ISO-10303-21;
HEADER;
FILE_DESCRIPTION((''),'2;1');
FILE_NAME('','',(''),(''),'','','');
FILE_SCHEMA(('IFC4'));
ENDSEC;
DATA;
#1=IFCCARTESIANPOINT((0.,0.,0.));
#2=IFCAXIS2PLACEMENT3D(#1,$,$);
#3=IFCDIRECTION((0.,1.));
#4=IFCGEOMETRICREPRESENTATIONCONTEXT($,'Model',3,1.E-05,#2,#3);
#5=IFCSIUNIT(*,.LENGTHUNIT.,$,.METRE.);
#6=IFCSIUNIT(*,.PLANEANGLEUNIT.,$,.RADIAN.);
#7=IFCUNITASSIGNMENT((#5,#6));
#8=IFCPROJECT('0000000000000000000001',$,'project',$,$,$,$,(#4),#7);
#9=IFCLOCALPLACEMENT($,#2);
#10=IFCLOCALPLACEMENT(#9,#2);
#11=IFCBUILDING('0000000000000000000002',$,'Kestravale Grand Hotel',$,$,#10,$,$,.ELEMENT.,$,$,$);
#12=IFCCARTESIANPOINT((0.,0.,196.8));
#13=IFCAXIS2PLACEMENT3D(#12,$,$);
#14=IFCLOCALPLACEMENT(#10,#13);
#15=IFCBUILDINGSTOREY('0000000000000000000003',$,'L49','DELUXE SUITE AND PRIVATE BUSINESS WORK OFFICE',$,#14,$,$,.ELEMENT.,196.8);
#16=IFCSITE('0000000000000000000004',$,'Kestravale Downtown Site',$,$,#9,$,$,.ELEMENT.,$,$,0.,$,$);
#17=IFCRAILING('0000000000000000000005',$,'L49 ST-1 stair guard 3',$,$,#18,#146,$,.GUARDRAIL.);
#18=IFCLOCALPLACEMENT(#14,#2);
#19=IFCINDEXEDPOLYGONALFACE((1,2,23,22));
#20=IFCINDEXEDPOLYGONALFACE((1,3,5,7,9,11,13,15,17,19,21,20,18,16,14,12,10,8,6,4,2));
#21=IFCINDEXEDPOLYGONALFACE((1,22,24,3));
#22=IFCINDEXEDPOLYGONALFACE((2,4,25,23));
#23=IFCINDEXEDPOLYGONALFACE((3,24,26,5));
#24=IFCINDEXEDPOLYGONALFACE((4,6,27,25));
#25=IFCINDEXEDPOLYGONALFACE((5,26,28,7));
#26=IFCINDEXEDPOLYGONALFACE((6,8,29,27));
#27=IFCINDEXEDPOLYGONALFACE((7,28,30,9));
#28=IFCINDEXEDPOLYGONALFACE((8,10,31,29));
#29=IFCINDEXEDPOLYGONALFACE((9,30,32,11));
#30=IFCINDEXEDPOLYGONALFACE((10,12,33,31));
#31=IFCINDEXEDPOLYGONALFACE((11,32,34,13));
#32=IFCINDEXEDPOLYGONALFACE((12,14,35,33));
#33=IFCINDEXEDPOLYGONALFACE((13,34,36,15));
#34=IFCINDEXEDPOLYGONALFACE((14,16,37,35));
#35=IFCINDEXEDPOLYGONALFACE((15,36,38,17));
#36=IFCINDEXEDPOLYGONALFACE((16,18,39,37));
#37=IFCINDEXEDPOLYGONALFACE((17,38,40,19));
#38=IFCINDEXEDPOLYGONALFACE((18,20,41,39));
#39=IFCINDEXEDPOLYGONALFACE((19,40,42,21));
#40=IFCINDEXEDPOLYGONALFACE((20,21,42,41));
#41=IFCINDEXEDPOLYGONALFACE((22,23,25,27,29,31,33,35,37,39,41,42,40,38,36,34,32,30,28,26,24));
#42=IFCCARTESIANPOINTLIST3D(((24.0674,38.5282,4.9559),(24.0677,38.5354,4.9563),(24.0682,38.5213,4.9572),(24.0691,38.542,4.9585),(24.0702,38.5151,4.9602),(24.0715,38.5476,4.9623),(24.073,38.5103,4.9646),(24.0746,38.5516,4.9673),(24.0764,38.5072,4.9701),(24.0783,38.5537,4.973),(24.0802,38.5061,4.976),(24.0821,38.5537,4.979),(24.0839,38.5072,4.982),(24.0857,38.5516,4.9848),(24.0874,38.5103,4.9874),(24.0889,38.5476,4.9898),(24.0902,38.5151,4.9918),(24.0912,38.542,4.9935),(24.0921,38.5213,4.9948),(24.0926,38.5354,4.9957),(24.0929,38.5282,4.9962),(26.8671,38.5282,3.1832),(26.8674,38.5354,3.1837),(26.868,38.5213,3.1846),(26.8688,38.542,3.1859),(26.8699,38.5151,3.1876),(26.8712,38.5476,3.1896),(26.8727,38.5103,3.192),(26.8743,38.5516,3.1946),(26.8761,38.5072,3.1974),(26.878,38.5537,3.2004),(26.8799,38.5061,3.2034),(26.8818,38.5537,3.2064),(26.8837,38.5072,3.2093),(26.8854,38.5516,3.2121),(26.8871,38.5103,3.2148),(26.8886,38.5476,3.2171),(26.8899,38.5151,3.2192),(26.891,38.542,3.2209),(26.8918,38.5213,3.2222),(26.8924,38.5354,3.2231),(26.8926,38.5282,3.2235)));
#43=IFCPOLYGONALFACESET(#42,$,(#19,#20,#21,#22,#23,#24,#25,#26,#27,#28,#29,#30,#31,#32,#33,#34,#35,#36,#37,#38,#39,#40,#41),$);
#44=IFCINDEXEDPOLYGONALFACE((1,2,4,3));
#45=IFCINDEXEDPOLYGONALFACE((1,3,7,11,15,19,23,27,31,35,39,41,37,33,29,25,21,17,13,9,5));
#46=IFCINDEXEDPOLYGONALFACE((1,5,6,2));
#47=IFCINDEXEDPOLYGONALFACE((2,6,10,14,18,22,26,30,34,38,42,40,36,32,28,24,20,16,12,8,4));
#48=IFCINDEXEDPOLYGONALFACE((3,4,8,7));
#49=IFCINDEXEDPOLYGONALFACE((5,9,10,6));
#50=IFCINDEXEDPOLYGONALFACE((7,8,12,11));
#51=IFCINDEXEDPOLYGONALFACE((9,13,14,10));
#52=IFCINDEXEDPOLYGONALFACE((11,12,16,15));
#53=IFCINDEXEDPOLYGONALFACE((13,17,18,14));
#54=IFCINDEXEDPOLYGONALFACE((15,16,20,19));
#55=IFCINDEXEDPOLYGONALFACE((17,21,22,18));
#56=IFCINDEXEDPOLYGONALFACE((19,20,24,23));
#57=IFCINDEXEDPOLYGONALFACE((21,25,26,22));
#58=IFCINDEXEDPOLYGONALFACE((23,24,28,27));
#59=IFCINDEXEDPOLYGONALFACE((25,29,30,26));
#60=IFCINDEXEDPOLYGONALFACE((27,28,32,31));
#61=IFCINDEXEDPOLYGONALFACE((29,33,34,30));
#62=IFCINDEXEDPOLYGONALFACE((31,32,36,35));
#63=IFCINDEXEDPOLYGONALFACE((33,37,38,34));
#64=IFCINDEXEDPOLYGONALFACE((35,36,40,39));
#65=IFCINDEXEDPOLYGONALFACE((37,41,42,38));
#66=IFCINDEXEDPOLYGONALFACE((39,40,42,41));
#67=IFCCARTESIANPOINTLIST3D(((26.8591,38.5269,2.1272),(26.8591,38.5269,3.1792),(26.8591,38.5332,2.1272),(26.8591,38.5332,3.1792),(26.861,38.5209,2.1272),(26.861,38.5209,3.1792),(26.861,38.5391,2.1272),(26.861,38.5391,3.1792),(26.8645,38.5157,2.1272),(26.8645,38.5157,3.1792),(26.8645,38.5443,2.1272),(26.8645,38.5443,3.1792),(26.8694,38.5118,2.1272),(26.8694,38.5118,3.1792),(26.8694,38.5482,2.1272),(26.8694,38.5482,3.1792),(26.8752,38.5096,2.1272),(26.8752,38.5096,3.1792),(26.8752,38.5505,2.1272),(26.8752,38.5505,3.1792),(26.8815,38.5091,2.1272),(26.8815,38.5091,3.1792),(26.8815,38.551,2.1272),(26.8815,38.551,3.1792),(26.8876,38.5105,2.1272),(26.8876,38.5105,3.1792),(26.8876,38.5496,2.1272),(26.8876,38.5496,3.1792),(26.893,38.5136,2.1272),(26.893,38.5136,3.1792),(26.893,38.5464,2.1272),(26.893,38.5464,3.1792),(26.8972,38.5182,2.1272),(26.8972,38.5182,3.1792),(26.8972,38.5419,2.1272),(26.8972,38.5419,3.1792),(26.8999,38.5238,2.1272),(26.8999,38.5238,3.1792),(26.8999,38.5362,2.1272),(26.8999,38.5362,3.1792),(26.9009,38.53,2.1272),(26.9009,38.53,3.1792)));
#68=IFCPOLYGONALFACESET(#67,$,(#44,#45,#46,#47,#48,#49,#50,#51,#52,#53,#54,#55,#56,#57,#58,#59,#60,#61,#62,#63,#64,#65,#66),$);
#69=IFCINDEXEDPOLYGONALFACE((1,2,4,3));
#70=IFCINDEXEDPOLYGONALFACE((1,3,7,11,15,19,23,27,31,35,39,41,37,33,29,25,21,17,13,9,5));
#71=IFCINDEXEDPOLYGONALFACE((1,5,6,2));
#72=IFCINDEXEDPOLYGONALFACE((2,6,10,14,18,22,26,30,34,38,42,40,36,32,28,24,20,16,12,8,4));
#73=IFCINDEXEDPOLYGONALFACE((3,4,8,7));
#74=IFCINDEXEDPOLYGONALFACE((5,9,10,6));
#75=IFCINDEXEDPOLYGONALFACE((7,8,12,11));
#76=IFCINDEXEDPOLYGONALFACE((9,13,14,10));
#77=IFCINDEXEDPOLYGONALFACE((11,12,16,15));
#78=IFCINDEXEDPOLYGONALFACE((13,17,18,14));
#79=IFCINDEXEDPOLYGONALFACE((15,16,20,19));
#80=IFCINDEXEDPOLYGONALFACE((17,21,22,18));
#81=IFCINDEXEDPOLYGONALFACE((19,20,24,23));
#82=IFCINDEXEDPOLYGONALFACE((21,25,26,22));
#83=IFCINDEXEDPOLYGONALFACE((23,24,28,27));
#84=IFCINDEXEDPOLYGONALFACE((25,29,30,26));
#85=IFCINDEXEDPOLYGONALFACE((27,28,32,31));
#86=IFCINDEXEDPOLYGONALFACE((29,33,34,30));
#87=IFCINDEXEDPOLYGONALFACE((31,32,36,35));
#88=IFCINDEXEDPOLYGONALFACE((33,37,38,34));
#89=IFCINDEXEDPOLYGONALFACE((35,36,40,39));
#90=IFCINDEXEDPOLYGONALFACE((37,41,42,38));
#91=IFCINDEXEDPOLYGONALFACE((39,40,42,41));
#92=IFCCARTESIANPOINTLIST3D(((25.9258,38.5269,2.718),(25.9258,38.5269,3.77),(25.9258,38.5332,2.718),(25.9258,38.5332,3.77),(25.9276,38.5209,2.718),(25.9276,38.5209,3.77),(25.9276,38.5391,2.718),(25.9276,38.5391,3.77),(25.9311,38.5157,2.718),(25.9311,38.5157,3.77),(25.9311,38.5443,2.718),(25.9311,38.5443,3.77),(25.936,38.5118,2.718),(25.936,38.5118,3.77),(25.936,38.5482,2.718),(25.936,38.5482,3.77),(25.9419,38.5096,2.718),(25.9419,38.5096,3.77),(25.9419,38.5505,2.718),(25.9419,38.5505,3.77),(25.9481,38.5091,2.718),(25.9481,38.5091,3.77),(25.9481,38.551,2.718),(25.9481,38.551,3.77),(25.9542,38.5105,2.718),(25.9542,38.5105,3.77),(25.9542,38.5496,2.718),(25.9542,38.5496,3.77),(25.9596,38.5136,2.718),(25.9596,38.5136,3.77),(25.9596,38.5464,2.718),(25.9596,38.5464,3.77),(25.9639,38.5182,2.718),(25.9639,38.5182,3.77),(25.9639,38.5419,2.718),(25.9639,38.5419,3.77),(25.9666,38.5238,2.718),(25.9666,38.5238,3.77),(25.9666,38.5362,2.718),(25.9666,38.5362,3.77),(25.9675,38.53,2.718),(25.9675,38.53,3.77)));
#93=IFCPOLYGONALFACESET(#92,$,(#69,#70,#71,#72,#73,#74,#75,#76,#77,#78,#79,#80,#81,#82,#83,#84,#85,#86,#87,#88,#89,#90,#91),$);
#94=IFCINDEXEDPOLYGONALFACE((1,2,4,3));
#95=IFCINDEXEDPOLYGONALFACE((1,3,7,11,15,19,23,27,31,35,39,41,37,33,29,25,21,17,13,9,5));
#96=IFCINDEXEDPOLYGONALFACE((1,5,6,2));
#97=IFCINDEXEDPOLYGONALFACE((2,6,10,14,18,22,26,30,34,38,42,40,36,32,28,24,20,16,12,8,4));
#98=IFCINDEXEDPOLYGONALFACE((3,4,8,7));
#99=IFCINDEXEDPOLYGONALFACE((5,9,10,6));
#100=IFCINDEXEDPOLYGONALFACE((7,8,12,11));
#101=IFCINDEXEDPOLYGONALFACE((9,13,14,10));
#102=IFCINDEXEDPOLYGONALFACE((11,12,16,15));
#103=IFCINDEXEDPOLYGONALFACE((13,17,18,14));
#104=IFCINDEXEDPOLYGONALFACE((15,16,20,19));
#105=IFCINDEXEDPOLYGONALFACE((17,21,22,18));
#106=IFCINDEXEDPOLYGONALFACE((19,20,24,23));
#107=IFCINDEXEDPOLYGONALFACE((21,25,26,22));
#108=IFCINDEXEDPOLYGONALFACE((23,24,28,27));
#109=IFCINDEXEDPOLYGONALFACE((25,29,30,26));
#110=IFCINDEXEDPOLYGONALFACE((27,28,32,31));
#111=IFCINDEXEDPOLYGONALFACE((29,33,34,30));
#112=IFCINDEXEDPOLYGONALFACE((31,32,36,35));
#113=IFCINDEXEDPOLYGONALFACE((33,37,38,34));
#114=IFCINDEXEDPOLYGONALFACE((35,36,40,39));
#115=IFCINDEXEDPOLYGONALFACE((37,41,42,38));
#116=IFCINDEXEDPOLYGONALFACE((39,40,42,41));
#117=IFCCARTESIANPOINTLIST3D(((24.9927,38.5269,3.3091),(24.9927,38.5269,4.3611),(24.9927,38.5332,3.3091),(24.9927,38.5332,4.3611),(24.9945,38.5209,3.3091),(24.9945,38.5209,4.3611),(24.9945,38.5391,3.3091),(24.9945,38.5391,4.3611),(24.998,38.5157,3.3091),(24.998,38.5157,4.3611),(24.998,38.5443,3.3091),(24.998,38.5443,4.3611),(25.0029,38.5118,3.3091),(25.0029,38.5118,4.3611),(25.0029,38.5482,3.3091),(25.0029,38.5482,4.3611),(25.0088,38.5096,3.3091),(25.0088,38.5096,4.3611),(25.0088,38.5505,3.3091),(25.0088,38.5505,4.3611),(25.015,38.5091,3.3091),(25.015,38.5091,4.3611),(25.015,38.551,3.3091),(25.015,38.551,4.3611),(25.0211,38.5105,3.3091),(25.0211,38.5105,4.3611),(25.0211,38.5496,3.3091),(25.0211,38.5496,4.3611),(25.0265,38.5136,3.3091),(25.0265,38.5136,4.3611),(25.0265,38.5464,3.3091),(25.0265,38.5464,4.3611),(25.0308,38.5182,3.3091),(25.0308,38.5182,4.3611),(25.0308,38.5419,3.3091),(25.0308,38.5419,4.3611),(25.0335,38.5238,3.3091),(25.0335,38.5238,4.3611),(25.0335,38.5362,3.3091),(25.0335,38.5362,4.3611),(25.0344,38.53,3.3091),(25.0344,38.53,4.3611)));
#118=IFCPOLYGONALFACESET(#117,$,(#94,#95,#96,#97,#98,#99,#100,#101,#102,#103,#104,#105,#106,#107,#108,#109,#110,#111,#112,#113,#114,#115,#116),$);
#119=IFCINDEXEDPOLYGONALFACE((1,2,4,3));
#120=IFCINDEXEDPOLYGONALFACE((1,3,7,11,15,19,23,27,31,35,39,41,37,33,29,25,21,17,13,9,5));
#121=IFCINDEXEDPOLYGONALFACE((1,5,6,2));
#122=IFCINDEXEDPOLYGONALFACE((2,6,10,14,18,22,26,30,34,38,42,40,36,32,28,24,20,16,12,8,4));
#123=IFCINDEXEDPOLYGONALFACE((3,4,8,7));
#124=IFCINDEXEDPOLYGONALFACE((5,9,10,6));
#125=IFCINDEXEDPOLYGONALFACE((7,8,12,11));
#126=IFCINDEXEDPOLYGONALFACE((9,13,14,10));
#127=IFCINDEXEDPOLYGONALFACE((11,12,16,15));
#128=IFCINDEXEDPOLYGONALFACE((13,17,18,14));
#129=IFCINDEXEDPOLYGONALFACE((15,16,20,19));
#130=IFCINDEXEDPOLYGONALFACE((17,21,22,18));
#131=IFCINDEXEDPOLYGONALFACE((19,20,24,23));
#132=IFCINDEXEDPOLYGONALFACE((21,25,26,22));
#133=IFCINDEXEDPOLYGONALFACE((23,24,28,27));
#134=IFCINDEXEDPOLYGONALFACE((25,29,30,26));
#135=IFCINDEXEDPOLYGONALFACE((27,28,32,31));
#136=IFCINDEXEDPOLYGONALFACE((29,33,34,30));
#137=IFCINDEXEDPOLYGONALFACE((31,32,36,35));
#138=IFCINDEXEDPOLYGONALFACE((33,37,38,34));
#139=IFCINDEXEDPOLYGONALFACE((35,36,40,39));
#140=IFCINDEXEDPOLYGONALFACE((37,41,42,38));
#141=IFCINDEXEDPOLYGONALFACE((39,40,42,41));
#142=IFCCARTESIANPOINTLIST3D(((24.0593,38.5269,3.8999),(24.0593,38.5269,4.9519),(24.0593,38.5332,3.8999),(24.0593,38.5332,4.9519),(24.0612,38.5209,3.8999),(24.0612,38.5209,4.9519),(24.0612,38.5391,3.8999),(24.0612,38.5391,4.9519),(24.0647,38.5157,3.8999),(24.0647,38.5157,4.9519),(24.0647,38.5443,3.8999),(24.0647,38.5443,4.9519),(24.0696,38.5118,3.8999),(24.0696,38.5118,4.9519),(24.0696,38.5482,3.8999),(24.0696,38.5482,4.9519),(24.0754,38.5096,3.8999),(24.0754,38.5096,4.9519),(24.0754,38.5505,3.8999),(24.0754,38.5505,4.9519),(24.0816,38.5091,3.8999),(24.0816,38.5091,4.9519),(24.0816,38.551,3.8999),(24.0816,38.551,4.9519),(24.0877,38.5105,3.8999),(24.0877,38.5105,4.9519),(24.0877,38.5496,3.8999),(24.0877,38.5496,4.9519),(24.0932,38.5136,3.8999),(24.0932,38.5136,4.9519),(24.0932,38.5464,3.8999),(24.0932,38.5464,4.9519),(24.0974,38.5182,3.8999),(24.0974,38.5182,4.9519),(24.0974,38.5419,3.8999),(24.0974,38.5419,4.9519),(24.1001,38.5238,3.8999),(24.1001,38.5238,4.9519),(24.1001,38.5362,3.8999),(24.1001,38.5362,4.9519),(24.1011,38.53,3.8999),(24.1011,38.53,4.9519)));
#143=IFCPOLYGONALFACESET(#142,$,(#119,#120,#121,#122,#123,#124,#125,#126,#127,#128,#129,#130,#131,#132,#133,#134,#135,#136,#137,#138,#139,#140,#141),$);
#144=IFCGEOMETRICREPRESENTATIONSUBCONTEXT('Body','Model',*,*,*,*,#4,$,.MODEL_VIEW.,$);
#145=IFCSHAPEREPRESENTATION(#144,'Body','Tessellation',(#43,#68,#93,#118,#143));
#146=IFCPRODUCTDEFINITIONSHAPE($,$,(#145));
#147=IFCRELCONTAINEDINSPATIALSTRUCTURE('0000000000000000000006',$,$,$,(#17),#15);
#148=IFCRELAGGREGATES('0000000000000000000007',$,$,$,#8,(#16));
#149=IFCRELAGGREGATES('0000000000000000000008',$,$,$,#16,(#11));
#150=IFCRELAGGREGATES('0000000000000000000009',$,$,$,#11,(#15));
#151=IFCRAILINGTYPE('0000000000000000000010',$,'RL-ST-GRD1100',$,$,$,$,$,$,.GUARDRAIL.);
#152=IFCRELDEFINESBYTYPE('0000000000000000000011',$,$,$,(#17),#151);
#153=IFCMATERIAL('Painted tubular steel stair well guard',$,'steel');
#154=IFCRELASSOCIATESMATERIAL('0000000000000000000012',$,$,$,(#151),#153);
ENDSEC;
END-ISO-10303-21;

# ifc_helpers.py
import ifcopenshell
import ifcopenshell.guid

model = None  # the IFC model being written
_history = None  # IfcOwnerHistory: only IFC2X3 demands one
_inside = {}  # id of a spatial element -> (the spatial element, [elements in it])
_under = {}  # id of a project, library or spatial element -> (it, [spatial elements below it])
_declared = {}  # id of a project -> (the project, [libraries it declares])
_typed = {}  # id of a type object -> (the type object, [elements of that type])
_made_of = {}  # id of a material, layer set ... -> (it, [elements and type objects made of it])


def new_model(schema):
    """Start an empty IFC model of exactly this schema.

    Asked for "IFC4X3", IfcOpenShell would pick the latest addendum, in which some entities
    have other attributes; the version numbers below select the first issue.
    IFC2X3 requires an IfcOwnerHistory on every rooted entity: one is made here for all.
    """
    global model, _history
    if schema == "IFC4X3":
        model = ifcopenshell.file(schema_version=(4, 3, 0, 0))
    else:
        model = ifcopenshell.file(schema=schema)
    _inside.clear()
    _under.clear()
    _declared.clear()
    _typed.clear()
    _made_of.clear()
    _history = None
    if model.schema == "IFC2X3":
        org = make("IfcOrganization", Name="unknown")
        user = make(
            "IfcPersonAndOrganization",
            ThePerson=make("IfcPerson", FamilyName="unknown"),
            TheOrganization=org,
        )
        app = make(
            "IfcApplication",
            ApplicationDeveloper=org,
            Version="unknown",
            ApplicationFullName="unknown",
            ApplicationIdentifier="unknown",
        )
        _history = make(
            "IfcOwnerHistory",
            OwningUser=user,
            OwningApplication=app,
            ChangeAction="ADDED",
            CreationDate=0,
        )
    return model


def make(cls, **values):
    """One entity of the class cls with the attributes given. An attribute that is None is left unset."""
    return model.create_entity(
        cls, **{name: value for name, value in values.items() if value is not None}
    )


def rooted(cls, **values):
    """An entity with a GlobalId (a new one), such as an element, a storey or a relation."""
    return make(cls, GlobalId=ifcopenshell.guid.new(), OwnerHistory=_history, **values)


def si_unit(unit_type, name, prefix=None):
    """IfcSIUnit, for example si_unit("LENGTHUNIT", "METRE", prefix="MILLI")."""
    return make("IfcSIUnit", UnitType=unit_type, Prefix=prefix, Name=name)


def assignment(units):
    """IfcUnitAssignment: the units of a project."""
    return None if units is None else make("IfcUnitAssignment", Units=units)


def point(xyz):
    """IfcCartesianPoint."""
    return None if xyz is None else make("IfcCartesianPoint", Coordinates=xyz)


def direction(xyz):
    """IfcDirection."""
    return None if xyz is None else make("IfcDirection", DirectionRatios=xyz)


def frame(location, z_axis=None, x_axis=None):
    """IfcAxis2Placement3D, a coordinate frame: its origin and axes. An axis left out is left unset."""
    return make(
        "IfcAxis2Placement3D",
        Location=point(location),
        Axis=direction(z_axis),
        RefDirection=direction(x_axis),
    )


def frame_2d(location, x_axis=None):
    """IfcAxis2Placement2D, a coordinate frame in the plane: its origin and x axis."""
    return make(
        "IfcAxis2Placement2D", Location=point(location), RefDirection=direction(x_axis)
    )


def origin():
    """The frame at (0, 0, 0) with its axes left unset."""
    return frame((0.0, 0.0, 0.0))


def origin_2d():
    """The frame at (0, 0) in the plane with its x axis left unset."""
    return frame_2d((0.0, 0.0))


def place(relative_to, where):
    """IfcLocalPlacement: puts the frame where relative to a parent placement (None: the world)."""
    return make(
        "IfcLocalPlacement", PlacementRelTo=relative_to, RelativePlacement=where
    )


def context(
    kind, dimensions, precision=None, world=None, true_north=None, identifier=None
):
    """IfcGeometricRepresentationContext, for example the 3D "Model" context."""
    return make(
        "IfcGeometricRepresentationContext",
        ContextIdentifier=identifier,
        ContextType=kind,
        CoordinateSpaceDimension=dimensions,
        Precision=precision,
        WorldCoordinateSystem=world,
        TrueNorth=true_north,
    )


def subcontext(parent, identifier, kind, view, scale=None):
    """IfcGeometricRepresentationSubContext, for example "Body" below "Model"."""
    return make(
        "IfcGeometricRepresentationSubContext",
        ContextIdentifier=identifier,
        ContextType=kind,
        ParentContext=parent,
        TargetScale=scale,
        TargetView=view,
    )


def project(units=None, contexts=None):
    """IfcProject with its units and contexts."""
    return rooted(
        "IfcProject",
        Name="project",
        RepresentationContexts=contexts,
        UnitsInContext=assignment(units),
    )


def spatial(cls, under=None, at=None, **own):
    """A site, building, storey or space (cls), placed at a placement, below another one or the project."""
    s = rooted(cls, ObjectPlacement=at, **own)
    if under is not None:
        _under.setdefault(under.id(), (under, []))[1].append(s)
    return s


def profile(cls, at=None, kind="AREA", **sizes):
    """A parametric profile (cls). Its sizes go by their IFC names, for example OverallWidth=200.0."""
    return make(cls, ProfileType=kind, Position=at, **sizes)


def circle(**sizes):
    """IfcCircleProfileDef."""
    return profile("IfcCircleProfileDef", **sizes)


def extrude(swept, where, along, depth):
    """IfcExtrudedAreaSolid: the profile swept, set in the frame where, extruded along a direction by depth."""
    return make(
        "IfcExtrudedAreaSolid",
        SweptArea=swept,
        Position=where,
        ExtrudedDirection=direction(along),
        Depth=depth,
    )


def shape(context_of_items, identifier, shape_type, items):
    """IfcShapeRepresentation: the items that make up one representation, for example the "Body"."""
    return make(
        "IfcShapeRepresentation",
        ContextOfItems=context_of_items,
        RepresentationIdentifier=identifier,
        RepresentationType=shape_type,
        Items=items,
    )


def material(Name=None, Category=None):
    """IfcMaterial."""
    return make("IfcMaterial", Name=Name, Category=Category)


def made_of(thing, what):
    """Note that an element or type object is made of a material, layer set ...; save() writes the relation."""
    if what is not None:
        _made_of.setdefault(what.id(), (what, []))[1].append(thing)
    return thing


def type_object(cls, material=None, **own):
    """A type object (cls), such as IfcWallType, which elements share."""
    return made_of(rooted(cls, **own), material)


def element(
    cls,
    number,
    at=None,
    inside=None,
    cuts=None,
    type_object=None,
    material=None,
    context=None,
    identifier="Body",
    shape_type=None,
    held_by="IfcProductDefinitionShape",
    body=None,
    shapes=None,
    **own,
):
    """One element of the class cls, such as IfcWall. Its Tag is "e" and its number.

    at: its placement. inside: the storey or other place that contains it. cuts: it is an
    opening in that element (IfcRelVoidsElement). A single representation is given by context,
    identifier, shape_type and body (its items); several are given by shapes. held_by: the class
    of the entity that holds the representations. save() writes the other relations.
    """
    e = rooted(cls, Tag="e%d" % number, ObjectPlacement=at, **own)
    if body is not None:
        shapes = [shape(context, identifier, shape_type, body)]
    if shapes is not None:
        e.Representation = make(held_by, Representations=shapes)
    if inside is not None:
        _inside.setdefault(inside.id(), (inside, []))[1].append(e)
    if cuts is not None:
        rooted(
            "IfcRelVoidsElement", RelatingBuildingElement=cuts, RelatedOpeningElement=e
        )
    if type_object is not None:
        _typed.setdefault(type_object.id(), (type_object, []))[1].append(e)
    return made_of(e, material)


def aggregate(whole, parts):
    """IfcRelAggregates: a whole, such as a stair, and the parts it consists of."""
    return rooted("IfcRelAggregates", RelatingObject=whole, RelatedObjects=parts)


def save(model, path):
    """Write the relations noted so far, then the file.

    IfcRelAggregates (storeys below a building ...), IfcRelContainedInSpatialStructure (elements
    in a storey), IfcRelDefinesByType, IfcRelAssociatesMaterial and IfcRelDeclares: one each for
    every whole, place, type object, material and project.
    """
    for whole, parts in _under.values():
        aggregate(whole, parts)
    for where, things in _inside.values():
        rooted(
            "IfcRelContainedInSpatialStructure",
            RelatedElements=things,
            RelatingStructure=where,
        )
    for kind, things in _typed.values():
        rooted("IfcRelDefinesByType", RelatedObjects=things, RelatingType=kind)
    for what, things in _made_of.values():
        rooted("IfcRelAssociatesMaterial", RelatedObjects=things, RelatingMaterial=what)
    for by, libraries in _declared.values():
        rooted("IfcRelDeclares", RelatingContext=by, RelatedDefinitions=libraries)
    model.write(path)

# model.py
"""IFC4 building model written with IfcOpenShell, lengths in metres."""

from ifc_helpers import new_model, si_unit, direction, frame, origin, origin_2d, place, context, subcontext, project, spatial, circle, extrude, material, type_object, element, save


model = new_model("IFC4")

# Units and contexts
model_context = context("Model", 3, precision=1e-05, world=origin(), true_north=direction((0.0, 1.0)))
body_context = subcontext(model_context, "Body", "Model", "MODEL_VIEW")
ifc_project = project(units=[si_unit("LENGTHUNIT", "METRE"), si_unit("PLANEANGLEUNIT", "RADIAN")], contexts=[model_context])

# Site, building, storey
site_placement = place(None, origin())
site = spatial("IfcSite", under=ifc_project, at=site_placement, Name="Kestravale Downtown Site", CompositionType="ELEMENT", RefElevation=0.0)
building_placement = place(site_placement, origin())
building = spatial("IfcBuilding", under=site, at=building_placement, Name="Kestravale Grand Hotel", CompositionType="ELEMENT")
storey_placement = place(building_placement, frame((0.0, 0.0, 196.8)))
storey = spatial("IfcBuildingStorey", under=building, at=storey_placement, Name="L49", Description="DELUXE SUITE AND PRIVATE BUSINESS WORK OFFICE", CompositionType="ELEMENT", Elevation=196.8)

# Railing
ifc_material_1 = material(Name="Painted tubular steel stair well guard", Category="steel")
railing_type_1 = type_object("IfcRailingType", Name="RL-ST-GRD1100", PredefinedType="GUARDRAIL", material=ifc_material_1)
railing_1_placement = place(storey_placement, frame((26.8799, 38.53, 2.1272)))
element("IfcRailing", 1, at=railing_1_placement, inside=storey, type_object=railing_type_1, Name="L49 ST-1 stair guard 3", PredefinedType="GUARDRAIL", context=body_context, shape_type="SweptSolid", body=[
    extrude(circle(Radius=0.0239, at=origin_2d()), frame((0.0, 0.0, 1.0762), z_axis=(-0.844888, 0.0, 0.534943), x_axis=(0.0, -1.0, 0.0)), (0.0, 0.0, 1.0), 3.3137),
    extrude(circle(Radius=0.021, at=origin_2d()), origin(), (0.0, 0.0, 1.0), 1.052),
    extrude(circle(Radius=0.021, at=origin_2d()), frame((-0.9333, 0.0, 0.5908)), (0.0, 0.0, 1.0), 1.052),
    extrude(circle(Radius=0.021, at=origin_2d()), frame((-1.8665, 0.0, 1.1819)), (0.0, 0.0, 1.0), 1.052),
    extrude(circle(Radius=0.021, at=origin_2d()), frame((-2.7998, 0.0, 1.7727)), (0.0, 0.0, 1.0), 1.052),
])

save(model, "model.ifc")
